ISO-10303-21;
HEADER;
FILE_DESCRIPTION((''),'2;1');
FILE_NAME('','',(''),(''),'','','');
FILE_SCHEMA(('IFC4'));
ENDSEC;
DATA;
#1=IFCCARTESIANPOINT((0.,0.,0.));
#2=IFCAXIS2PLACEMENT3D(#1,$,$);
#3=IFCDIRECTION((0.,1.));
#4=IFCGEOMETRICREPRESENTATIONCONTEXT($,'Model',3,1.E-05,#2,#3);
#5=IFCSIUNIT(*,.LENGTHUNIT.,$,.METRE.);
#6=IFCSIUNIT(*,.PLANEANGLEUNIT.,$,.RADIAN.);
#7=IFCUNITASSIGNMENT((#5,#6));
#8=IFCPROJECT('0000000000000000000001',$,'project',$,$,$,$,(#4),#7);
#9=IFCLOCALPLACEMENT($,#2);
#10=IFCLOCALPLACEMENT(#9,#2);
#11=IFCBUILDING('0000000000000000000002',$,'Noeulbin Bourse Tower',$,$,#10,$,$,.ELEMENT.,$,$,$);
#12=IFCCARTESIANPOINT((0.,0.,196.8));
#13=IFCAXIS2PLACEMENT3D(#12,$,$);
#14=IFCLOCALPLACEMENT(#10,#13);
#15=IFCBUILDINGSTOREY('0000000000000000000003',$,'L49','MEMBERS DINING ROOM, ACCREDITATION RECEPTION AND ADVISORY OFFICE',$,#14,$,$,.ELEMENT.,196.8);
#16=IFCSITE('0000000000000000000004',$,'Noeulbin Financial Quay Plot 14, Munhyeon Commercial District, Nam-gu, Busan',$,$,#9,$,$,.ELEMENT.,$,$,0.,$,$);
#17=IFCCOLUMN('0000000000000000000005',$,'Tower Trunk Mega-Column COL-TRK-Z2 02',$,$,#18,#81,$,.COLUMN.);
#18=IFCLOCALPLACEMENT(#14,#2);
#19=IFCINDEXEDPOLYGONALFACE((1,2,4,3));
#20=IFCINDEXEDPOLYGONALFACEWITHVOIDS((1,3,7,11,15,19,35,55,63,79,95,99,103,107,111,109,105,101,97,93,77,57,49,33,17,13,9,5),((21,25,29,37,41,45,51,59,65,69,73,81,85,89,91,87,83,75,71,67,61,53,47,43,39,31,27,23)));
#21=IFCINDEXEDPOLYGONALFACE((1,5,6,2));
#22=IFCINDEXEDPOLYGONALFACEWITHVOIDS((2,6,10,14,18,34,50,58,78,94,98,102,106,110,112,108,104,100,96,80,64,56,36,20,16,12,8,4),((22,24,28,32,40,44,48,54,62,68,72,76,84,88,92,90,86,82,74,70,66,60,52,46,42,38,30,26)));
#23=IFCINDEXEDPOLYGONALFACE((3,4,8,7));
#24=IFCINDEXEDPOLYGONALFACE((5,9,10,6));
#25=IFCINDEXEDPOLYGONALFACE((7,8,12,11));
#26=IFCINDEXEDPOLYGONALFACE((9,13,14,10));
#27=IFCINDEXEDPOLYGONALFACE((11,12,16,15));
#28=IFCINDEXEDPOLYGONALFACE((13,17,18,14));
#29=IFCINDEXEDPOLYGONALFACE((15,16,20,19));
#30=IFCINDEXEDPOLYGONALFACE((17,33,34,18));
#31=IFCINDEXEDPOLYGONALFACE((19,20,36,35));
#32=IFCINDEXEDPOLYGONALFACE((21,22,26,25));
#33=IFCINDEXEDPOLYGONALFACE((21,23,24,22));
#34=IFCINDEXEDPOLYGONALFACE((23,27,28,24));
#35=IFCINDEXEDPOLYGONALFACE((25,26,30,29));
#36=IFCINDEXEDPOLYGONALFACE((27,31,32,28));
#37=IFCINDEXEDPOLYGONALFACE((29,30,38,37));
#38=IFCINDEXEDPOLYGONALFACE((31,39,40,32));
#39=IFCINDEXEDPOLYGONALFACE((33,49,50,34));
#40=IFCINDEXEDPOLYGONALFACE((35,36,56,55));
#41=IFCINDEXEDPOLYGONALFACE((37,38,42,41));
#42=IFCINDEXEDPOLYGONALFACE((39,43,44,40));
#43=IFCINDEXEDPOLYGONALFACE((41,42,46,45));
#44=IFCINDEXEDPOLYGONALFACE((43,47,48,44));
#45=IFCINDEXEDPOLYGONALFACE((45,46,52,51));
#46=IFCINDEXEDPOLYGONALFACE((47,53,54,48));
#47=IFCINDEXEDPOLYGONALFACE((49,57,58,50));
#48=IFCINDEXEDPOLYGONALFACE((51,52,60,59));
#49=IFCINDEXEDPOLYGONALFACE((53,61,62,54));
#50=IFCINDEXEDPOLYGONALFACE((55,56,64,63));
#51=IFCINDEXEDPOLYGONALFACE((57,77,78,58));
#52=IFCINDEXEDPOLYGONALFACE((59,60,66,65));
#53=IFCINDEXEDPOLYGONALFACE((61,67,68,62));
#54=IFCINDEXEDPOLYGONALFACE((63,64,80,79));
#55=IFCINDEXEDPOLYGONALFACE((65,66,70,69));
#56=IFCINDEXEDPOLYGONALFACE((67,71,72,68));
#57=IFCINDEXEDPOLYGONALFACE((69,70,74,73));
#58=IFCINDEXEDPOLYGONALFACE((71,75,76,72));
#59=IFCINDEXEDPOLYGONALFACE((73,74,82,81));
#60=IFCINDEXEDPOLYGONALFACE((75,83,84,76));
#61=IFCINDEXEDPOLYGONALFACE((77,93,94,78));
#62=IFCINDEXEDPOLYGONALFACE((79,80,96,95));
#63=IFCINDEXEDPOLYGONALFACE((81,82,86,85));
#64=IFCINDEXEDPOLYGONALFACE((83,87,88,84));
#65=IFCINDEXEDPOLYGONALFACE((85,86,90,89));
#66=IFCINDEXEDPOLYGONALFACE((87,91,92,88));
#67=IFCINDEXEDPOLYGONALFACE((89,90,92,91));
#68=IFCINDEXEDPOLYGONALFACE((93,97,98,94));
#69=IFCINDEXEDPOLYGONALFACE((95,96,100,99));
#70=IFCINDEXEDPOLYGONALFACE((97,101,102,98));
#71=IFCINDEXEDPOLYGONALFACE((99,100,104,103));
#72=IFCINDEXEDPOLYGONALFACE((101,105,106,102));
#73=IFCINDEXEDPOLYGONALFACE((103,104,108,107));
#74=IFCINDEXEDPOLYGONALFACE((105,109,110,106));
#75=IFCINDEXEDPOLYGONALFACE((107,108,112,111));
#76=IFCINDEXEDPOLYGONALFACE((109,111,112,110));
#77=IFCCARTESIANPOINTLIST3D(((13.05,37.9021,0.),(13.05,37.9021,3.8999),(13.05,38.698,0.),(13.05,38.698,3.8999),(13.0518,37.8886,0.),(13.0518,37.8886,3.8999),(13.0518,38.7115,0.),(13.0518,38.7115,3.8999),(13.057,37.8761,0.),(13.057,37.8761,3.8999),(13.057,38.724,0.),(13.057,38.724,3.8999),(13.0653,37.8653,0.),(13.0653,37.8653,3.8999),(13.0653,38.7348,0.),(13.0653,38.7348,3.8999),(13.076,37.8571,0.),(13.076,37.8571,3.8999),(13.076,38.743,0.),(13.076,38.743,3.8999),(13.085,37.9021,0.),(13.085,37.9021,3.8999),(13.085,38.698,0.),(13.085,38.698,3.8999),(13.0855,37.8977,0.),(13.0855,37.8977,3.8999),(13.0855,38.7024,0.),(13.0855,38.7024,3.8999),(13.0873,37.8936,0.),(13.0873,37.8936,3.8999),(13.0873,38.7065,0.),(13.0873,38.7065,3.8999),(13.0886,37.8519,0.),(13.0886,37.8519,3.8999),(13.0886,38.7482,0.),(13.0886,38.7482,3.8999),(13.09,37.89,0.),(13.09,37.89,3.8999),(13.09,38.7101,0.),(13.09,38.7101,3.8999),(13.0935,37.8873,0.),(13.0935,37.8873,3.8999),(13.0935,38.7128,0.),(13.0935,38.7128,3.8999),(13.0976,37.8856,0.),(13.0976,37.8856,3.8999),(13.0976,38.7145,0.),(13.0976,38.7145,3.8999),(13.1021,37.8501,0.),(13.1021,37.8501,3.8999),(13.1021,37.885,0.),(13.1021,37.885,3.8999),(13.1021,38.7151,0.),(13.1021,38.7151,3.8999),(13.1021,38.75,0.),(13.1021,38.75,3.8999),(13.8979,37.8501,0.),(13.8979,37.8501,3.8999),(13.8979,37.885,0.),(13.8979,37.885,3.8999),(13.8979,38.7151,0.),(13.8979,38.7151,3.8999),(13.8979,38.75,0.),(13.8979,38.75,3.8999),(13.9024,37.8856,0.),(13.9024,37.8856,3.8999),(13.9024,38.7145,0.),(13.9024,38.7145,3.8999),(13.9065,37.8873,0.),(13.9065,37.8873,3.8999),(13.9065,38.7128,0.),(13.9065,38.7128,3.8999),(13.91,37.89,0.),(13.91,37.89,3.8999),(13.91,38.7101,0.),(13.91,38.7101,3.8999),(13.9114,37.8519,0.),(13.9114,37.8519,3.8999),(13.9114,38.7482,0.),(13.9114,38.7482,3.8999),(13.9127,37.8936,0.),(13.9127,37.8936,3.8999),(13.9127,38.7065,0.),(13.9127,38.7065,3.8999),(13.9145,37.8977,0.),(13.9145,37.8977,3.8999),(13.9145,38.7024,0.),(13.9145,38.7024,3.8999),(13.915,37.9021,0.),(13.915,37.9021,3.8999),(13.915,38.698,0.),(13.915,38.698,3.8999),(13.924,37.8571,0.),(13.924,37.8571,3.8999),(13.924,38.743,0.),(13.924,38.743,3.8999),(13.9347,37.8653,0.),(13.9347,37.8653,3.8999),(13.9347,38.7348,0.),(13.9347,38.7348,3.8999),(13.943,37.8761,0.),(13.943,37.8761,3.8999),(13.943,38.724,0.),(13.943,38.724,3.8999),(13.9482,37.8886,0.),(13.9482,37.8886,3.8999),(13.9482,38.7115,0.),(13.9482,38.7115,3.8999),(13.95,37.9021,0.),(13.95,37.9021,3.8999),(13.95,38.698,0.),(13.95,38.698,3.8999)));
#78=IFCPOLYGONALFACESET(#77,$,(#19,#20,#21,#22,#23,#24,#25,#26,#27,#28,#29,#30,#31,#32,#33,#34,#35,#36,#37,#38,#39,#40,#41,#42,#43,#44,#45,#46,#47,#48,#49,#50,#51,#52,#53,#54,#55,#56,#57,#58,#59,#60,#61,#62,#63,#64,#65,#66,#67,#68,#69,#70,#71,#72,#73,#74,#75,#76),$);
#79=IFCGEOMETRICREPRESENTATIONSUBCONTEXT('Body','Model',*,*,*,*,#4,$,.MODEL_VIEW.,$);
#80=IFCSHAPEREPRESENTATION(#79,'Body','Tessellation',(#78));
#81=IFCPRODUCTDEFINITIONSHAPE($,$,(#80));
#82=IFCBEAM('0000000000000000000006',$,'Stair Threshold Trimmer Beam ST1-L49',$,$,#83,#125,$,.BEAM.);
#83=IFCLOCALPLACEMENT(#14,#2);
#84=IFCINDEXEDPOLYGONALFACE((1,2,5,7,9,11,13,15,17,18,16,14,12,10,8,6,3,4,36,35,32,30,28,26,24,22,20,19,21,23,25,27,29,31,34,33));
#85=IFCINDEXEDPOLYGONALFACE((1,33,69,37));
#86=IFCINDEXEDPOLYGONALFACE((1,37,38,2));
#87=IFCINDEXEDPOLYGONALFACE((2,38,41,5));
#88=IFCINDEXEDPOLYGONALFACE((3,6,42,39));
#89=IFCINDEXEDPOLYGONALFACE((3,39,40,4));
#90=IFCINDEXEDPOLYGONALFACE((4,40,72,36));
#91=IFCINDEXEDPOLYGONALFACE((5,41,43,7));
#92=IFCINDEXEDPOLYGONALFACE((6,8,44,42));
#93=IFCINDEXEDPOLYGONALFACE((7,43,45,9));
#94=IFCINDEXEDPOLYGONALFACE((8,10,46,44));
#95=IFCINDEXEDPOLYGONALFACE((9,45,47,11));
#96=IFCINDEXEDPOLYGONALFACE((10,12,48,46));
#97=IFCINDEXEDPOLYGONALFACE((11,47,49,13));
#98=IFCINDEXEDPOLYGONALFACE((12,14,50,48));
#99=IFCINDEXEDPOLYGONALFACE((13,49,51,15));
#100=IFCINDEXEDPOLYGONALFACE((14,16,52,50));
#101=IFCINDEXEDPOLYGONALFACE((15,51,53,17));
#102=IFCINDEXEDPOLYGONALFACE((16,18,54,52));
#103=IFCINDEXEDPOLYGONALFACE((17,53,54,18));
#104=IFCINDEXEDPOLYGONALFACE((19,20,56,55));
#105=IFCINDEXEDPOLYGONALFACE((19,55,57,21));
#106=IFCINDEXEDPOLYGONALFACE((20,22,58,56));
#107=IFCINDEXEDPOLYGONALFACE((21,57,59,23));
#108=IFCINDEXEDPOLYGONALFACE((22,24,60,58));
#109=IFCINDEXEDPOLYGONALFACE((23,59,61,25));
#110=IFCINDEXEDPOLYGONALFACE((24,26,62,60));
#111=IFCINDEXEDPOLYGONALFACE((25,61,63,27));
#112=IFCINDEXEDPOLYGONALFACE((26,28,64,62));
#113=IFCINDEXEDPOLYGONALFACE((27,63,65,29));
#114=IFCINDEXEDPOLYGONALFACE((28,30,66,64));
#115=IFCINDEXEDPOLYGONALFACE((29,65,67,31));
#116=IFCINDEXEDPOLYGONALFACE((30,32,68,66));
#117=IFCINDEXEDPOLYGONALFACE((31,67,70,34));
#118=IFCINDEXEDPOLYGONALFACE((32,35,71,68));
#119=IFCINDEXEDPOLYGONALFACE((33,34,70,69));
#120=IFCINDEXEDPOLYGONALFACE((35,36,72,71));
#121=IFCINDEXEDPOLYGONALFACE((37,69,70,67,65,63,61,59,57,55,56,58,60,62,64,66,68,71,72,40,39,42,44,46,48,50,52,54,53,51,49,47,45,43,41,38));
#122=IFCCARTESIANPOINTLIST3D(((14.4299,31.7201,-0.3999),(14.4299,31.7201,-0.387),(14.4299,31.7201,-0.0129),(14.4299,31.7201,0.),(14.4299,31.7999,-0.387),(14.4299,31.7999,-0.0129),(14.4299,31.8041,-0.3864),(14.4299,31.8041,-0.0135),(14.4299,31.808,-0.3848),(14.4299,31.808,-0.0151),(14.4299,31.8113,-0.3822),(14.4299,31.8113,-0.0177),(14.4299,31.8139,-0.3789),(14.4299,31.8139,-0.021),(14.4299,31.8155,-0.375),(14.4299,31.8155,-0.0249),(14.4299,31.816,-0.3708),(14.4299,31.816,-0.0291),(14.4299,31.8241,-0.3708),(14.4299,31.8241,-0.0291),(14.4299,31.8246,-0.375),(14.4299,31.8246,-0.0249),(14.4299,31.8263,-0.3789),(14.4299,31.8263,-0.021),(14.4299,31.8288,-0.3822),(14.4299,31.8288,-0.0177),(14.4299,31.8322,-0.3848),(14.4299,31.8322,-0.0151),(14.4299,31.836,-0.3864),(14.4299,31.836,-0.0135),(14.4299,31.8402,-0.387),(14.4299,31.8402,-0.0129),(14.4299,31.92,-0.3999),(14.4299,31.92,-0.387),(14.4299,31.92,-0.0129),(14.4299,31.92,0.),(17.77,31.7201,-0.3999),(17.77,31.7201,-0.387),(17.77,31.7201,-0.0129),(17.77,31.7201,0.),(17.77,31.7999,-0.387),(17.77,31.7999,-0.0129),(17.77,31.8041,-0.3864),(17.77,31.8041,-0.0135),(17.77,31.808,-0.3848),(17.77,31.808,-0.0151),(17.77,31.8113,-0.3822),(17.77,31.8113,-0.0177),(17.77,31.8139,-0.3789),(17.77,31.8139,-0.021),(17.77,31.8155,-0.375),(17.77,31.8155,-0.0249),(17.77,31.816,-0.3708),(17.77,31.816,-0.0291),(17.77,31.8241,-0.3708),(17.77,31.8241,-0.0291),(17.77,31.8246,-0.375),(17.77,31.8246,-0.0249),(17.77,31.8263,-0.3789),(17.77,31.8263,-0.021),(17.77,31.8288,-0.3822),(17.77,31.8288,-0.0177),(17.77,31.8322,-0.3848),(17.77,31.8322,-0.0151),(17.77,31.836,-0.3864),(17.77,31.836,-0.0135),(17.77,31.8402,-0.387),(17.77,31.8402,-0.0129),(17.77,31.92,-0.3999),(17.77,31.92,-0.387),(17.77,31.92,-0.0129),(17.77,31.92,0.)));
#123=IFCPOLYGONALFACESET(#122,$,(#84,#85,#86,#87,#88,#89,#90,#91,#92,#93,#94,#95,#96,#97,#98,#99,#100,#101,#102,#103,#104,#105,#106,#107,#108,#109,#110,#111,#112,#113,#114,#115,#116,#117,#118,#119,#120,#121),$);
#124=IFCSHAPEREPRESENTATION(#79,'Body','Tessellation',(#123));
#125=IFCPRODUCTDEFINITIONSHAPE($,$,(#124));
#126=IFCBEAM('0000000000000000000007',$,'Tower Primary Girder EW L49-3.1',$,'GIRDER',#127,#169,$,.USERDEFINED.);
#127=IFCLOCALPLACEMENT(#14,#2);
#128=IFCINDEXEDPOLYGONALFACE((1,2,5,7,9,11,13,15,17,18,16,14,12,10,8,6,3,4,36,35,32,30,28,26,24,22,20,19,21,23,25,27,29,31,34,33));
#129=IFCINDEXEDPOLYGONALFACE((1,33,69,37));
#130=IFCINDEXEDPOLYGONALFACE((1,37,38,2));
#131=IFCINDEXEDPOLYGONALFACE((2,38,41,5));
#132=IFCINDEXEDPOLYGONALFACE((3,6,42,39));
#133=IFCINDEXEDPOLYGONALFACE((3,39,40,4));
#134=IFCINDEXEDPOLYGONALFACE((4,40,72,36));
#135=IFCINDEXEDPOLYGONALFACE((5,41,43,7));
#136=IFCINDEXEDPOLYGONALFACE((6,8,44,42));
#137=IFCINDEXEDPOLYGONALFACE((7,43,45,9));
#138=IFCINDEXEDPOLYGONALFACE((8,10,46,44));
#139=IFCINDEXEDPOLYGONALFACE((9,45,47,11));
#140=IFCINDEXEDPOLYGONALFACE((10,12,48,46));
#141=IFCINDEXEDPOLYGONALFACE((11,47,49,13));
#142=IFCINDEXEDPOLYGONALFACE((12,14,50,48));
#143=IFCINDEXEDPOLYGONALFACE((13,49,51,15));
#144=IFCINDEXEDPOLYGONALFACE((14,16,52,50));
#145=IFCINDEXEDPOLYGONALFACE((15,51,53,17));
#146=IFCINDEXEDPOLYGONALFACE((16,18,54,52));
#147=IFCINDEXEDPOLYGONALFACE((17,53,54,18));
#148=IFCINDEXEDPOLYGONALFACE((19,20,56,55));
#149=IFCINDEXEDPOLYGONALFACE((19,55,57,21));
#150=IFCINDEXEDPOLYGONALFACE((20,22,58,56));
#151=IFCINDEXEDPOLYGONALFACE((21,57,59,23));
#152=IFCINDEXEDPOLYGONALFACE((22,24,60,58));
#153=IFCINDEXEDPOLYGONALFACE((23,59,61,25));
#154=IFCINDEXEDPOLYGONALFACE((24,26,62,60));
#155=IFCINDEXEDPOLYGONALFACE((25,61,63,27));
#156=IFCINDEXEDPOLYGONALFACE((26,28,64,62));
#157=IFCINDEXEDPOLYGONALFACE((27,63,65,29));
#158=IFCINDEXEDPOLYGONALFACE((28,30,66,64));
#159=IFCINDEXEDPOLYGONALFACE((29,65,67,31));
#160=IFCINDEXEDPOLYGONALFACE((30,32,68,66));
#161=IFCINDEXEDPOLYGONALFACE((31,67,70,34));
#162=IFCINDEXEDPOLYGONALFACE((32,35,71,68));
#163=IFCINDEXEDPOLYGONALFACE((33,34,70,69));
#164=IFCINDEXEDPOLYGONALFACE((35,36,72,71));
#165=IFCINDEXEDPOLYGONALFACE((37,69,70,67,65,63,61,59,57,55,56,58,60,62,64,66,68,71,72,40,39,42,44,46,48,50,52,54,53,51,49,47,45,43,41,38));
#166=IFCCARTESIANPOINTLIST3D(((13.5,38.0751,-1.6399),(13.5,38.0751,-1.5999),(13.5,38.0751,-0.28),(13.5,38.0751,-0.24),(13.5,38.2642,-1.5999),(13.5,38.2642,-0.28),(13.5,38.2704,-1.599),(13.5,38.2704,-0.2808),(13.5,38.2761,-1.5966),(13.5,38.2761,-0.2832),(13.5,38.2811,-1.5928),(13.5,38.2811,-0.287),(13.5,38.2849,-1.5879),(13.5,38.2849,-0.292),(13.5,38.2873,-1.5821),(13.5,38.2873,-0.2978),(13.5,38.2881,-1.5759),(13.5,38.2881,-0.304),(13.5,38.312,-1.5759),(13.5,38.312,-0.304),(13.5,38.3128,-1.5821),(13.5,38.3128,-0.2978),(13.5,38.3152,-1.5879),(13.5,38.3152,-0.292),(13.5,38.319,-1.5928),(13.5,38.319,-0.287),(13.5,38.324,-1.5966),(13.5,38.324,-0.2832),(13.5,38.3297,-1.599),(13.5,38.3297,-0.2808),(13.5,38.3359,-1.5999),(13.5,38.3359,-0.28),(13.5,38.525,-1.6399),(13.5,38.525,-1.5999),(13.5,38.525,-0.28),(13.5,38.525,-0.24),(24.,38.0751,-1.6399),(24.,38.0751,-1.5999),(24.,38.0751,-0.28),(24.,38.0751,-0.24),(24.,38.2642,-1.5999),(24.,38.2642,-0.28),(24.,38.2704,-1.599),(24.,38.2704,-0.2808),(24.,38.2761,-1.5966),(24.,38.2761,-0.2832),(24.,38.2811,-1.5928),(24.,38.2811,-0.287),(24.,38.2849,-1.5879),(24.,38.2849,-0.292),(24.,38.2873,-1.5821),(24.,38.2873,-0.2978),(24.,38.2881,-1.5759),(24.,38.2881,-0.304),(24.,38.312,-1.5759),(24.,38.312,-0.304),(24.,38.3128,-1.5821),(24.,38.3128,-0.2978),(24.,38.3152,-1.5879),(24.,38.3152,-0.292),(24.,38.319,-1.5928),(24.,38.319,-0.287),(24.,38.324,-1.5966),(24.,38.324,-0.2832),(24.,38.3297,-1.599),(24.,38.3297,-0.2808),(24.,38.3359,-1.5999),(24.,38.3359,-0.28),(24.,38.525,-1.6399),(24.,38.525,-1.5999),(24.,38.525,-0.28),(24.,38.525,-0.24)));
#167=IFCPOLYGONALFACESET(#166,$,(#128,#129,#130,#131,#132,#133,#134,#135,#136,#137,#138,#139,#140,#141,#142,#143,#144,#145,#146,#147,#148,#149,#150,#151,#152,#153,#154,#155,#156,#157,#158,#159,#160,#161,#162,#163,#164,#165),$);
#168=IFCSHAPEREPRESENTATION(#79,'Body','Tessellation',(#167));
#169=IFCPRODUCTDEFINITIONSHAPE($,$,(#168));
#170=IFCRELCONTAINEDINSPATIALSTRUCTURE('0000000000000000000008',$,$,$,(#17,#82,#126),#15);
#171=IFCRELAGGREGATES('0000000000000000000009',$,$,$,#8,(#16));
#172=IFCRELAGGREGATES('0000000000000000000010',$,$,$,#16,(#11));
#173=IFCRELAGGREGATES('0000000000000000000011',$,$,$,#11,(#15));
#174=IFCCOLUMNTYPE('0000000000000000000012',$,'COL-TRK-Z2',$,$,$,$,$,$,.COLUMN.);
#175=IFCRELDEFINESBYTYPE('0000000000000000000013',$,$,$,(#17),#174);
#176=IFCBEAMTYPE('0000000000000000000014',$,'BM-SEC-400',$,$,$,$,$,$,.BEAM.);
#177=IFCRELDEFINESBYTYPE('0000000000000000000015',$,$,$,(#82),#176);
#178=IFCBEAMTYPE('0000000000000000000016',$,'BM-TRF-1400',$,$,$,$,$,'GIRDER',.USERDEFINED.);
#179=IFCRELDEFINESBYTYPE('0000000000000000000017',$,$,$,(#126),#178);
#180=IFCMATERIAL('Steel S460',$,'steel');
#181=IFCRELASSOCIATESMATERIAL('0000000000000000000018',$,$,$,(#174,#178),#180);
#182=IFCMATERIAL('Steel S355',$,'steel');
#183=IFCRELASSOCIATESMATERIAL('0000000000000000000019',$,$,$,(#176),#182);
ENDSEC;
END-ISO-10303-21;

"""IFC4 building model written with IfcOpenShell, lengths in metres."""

from ifc_helpers import new_model, si_unit, direction, frame, origin, origin_2d, place, context, subcontext, project, spatial, hollow_rectangle, i_section, extrude, material, material_profile, profile_set, type_object, element, save


model = new_model("IFC4")

# Units and contexts
model_context = context("Model", 3, precision=1e-05, world=origin(), true_north=direction((0.0, 1.0)))
body_context = subcontext(model_context, "Body", "Model", "MODEL_VIEW")
ifc_project = project(units=[si_unit("LENGTHUNIT", "METRE"), si_unit("PLANEANGLEUNIT", "RADIAN")], contexts=[model_context])

# Site, building, storey
site_placement = place(None, origin())
site = spatial("IfcSite", under=ifc_project, at=site_placement, Name="Noeulbin Financial Quay Plot 14, Munhyeon Commercial District, Nam-gu, Busan", CompositionType="ELEMENT", RefElevation=0.0)
building_placement = place(site_placement, origin())
building = spatial("IfcBuilding", under=site, at=building_placement, Name="Noeulbin Bourse Tower", CompositionType="ELEMENT")
storey_placement = place(building_placement, frame((0.0, 0.0, 196.8)))
storey = spatial("IfcBuildingStorey", under=building, at=storey_placement, Name="L49", Description="MEMBERS DINING ROOM, ACCREDITATION RECEPTION AND ADVISORY OFFICE", CompositionType="ELEMENT", Elevation=196.8)

# Column
ifc_material_1 = material(Name="Steel S460", Category="steel")
ifc_material_profile_1 = material_profile(ifc_material_1, hollow_rectangle(XDim=0.8999, YDim=0.8999, WallThickness=0.0349, InnerFilletRadius=0.0171, OuterFilletRadius=0.052, at=origin_2d()), Name="BOX-900x900x35", Category="LoadBearing")
ifc_profile_set_1 = profile_set([ifc_material_profile_1], Name="Steel S460")
column_type = type_object("IfcColumnType", Name="COL-TRK-Z2", PredefinedType="COLUMN", material=ifc_profile_set_1)
column_placement = place(storey_placement, frame((13.5, 38.3, 0.0), z_axis=(0.0, 0.0, 1.0), x_axis=(1.0, 0.0, 0.0)))
element("IfcColumn", 1, at=column_placement, inside=storey, type_object=column_type, Name="Tower Trunk Mega-Column COL-TRK-Z2 02", PredefinedType="COLUMN", context=body_context, shape_type="SweptSolid", body=[
    extrude(hollow_rectangle(XDim=0.8999, YDim=0.8999, WallThickness=0.0349, InnerFilletRadius=0.0171, OuterFilletRadius=0.052, at=origin_2d()), origin(), (0.0, 0.0, 1.0), 3.8999),
])

# Beams
ifc_material_2 = material(Name="Steel S355", Category="steel")
ifc_material_profile_2 = material_profile(ifc_material_2, i_section(OverallWidth=0.2, OverallDepth=0.3999, WebThickness=0.0081, FlangeThickness=0.0129, FilletRadius=0.0161, at=origin_2d()), Name="H-400x200x8x13", Category="LoadBearing")
ifc_profile_set_2 = profile_set([ifc_material_profile_2], Name="Steel S355")
beam_type_1 = type_object("IfcBeamType", Name="BM-SEC-400", PredefinedType="BEAM", material=ifc_profile_set_2)
beam_1_placement = place(storey_placement, frame((14.4299, 31.8201, -0.2), z_axis=(1.0, 0.0, 0.0), x_axis=(0.0, 1.0, 0.0)))
element("IfcBeam", 2, at=beam_1_placement, inside=storey, type_object=beam_type_1, Name="Stair Threshold Trimmer Beam ST1-L49", PredefinedType="BEAM", context=body_context, shape_type="SweptSolid", body=[
    extrude(i_section(OverallWidth=0.2, OverallDepth=0.3999, WebThickness=0.0081, FlangeThickness=0.0129, FilletRadius=0.0161, at=origin_2d()), origin(), (0.0, 0.0, 1.0), 3.3401),
])
ifc_material_profile_3 = material_profile(ifc_material_1, i_section(OverallWidth=0.45, OverallDepth=1.3999, WebThickness=0.0239, FlangeThickness=0.04, FilletRadius=0.0239, at=origin_2d()), Name="PG-1400x450x24x40", Category="LoadBearing")
ifc_profile_set_3 = profile_set([ifc_material_profile_3], Name="Steel S460")
beam_type_2 = type_object("IfcBeamType", Name="BM-TRF-1400", ElementType="GIRDER", PredefinedType="USERDEFINED", material=ifc_profile_set_3)
beam_2_placement = place(storey_placement, frame((13.5, 38.3, -0.9399), z_axis=(1.0, 0.0, 0.0), x_axis=(0.0, 1.0, 0.0)))
element("IfcBeam", 3, at=beam_2_placement, inside=storey, type_object=beam_type_2, Name="Tower Primary Girder EW L49-3.1", ObjectType="GIRDER", PredefinedType="USERDEFINED", context=body_context, shape_type="SweptSolid", body=[
    extrude(i_section(OverallWidth=0.45, OverallDepth=1.3999, WebThickness=0.0239, FlangeThickness=0.04, FilletRadius=0.0239, at=origin_2d()), origin(), (0.0, 0.0, 1.0), 10.5),
])

save(model, "model.ifc")
